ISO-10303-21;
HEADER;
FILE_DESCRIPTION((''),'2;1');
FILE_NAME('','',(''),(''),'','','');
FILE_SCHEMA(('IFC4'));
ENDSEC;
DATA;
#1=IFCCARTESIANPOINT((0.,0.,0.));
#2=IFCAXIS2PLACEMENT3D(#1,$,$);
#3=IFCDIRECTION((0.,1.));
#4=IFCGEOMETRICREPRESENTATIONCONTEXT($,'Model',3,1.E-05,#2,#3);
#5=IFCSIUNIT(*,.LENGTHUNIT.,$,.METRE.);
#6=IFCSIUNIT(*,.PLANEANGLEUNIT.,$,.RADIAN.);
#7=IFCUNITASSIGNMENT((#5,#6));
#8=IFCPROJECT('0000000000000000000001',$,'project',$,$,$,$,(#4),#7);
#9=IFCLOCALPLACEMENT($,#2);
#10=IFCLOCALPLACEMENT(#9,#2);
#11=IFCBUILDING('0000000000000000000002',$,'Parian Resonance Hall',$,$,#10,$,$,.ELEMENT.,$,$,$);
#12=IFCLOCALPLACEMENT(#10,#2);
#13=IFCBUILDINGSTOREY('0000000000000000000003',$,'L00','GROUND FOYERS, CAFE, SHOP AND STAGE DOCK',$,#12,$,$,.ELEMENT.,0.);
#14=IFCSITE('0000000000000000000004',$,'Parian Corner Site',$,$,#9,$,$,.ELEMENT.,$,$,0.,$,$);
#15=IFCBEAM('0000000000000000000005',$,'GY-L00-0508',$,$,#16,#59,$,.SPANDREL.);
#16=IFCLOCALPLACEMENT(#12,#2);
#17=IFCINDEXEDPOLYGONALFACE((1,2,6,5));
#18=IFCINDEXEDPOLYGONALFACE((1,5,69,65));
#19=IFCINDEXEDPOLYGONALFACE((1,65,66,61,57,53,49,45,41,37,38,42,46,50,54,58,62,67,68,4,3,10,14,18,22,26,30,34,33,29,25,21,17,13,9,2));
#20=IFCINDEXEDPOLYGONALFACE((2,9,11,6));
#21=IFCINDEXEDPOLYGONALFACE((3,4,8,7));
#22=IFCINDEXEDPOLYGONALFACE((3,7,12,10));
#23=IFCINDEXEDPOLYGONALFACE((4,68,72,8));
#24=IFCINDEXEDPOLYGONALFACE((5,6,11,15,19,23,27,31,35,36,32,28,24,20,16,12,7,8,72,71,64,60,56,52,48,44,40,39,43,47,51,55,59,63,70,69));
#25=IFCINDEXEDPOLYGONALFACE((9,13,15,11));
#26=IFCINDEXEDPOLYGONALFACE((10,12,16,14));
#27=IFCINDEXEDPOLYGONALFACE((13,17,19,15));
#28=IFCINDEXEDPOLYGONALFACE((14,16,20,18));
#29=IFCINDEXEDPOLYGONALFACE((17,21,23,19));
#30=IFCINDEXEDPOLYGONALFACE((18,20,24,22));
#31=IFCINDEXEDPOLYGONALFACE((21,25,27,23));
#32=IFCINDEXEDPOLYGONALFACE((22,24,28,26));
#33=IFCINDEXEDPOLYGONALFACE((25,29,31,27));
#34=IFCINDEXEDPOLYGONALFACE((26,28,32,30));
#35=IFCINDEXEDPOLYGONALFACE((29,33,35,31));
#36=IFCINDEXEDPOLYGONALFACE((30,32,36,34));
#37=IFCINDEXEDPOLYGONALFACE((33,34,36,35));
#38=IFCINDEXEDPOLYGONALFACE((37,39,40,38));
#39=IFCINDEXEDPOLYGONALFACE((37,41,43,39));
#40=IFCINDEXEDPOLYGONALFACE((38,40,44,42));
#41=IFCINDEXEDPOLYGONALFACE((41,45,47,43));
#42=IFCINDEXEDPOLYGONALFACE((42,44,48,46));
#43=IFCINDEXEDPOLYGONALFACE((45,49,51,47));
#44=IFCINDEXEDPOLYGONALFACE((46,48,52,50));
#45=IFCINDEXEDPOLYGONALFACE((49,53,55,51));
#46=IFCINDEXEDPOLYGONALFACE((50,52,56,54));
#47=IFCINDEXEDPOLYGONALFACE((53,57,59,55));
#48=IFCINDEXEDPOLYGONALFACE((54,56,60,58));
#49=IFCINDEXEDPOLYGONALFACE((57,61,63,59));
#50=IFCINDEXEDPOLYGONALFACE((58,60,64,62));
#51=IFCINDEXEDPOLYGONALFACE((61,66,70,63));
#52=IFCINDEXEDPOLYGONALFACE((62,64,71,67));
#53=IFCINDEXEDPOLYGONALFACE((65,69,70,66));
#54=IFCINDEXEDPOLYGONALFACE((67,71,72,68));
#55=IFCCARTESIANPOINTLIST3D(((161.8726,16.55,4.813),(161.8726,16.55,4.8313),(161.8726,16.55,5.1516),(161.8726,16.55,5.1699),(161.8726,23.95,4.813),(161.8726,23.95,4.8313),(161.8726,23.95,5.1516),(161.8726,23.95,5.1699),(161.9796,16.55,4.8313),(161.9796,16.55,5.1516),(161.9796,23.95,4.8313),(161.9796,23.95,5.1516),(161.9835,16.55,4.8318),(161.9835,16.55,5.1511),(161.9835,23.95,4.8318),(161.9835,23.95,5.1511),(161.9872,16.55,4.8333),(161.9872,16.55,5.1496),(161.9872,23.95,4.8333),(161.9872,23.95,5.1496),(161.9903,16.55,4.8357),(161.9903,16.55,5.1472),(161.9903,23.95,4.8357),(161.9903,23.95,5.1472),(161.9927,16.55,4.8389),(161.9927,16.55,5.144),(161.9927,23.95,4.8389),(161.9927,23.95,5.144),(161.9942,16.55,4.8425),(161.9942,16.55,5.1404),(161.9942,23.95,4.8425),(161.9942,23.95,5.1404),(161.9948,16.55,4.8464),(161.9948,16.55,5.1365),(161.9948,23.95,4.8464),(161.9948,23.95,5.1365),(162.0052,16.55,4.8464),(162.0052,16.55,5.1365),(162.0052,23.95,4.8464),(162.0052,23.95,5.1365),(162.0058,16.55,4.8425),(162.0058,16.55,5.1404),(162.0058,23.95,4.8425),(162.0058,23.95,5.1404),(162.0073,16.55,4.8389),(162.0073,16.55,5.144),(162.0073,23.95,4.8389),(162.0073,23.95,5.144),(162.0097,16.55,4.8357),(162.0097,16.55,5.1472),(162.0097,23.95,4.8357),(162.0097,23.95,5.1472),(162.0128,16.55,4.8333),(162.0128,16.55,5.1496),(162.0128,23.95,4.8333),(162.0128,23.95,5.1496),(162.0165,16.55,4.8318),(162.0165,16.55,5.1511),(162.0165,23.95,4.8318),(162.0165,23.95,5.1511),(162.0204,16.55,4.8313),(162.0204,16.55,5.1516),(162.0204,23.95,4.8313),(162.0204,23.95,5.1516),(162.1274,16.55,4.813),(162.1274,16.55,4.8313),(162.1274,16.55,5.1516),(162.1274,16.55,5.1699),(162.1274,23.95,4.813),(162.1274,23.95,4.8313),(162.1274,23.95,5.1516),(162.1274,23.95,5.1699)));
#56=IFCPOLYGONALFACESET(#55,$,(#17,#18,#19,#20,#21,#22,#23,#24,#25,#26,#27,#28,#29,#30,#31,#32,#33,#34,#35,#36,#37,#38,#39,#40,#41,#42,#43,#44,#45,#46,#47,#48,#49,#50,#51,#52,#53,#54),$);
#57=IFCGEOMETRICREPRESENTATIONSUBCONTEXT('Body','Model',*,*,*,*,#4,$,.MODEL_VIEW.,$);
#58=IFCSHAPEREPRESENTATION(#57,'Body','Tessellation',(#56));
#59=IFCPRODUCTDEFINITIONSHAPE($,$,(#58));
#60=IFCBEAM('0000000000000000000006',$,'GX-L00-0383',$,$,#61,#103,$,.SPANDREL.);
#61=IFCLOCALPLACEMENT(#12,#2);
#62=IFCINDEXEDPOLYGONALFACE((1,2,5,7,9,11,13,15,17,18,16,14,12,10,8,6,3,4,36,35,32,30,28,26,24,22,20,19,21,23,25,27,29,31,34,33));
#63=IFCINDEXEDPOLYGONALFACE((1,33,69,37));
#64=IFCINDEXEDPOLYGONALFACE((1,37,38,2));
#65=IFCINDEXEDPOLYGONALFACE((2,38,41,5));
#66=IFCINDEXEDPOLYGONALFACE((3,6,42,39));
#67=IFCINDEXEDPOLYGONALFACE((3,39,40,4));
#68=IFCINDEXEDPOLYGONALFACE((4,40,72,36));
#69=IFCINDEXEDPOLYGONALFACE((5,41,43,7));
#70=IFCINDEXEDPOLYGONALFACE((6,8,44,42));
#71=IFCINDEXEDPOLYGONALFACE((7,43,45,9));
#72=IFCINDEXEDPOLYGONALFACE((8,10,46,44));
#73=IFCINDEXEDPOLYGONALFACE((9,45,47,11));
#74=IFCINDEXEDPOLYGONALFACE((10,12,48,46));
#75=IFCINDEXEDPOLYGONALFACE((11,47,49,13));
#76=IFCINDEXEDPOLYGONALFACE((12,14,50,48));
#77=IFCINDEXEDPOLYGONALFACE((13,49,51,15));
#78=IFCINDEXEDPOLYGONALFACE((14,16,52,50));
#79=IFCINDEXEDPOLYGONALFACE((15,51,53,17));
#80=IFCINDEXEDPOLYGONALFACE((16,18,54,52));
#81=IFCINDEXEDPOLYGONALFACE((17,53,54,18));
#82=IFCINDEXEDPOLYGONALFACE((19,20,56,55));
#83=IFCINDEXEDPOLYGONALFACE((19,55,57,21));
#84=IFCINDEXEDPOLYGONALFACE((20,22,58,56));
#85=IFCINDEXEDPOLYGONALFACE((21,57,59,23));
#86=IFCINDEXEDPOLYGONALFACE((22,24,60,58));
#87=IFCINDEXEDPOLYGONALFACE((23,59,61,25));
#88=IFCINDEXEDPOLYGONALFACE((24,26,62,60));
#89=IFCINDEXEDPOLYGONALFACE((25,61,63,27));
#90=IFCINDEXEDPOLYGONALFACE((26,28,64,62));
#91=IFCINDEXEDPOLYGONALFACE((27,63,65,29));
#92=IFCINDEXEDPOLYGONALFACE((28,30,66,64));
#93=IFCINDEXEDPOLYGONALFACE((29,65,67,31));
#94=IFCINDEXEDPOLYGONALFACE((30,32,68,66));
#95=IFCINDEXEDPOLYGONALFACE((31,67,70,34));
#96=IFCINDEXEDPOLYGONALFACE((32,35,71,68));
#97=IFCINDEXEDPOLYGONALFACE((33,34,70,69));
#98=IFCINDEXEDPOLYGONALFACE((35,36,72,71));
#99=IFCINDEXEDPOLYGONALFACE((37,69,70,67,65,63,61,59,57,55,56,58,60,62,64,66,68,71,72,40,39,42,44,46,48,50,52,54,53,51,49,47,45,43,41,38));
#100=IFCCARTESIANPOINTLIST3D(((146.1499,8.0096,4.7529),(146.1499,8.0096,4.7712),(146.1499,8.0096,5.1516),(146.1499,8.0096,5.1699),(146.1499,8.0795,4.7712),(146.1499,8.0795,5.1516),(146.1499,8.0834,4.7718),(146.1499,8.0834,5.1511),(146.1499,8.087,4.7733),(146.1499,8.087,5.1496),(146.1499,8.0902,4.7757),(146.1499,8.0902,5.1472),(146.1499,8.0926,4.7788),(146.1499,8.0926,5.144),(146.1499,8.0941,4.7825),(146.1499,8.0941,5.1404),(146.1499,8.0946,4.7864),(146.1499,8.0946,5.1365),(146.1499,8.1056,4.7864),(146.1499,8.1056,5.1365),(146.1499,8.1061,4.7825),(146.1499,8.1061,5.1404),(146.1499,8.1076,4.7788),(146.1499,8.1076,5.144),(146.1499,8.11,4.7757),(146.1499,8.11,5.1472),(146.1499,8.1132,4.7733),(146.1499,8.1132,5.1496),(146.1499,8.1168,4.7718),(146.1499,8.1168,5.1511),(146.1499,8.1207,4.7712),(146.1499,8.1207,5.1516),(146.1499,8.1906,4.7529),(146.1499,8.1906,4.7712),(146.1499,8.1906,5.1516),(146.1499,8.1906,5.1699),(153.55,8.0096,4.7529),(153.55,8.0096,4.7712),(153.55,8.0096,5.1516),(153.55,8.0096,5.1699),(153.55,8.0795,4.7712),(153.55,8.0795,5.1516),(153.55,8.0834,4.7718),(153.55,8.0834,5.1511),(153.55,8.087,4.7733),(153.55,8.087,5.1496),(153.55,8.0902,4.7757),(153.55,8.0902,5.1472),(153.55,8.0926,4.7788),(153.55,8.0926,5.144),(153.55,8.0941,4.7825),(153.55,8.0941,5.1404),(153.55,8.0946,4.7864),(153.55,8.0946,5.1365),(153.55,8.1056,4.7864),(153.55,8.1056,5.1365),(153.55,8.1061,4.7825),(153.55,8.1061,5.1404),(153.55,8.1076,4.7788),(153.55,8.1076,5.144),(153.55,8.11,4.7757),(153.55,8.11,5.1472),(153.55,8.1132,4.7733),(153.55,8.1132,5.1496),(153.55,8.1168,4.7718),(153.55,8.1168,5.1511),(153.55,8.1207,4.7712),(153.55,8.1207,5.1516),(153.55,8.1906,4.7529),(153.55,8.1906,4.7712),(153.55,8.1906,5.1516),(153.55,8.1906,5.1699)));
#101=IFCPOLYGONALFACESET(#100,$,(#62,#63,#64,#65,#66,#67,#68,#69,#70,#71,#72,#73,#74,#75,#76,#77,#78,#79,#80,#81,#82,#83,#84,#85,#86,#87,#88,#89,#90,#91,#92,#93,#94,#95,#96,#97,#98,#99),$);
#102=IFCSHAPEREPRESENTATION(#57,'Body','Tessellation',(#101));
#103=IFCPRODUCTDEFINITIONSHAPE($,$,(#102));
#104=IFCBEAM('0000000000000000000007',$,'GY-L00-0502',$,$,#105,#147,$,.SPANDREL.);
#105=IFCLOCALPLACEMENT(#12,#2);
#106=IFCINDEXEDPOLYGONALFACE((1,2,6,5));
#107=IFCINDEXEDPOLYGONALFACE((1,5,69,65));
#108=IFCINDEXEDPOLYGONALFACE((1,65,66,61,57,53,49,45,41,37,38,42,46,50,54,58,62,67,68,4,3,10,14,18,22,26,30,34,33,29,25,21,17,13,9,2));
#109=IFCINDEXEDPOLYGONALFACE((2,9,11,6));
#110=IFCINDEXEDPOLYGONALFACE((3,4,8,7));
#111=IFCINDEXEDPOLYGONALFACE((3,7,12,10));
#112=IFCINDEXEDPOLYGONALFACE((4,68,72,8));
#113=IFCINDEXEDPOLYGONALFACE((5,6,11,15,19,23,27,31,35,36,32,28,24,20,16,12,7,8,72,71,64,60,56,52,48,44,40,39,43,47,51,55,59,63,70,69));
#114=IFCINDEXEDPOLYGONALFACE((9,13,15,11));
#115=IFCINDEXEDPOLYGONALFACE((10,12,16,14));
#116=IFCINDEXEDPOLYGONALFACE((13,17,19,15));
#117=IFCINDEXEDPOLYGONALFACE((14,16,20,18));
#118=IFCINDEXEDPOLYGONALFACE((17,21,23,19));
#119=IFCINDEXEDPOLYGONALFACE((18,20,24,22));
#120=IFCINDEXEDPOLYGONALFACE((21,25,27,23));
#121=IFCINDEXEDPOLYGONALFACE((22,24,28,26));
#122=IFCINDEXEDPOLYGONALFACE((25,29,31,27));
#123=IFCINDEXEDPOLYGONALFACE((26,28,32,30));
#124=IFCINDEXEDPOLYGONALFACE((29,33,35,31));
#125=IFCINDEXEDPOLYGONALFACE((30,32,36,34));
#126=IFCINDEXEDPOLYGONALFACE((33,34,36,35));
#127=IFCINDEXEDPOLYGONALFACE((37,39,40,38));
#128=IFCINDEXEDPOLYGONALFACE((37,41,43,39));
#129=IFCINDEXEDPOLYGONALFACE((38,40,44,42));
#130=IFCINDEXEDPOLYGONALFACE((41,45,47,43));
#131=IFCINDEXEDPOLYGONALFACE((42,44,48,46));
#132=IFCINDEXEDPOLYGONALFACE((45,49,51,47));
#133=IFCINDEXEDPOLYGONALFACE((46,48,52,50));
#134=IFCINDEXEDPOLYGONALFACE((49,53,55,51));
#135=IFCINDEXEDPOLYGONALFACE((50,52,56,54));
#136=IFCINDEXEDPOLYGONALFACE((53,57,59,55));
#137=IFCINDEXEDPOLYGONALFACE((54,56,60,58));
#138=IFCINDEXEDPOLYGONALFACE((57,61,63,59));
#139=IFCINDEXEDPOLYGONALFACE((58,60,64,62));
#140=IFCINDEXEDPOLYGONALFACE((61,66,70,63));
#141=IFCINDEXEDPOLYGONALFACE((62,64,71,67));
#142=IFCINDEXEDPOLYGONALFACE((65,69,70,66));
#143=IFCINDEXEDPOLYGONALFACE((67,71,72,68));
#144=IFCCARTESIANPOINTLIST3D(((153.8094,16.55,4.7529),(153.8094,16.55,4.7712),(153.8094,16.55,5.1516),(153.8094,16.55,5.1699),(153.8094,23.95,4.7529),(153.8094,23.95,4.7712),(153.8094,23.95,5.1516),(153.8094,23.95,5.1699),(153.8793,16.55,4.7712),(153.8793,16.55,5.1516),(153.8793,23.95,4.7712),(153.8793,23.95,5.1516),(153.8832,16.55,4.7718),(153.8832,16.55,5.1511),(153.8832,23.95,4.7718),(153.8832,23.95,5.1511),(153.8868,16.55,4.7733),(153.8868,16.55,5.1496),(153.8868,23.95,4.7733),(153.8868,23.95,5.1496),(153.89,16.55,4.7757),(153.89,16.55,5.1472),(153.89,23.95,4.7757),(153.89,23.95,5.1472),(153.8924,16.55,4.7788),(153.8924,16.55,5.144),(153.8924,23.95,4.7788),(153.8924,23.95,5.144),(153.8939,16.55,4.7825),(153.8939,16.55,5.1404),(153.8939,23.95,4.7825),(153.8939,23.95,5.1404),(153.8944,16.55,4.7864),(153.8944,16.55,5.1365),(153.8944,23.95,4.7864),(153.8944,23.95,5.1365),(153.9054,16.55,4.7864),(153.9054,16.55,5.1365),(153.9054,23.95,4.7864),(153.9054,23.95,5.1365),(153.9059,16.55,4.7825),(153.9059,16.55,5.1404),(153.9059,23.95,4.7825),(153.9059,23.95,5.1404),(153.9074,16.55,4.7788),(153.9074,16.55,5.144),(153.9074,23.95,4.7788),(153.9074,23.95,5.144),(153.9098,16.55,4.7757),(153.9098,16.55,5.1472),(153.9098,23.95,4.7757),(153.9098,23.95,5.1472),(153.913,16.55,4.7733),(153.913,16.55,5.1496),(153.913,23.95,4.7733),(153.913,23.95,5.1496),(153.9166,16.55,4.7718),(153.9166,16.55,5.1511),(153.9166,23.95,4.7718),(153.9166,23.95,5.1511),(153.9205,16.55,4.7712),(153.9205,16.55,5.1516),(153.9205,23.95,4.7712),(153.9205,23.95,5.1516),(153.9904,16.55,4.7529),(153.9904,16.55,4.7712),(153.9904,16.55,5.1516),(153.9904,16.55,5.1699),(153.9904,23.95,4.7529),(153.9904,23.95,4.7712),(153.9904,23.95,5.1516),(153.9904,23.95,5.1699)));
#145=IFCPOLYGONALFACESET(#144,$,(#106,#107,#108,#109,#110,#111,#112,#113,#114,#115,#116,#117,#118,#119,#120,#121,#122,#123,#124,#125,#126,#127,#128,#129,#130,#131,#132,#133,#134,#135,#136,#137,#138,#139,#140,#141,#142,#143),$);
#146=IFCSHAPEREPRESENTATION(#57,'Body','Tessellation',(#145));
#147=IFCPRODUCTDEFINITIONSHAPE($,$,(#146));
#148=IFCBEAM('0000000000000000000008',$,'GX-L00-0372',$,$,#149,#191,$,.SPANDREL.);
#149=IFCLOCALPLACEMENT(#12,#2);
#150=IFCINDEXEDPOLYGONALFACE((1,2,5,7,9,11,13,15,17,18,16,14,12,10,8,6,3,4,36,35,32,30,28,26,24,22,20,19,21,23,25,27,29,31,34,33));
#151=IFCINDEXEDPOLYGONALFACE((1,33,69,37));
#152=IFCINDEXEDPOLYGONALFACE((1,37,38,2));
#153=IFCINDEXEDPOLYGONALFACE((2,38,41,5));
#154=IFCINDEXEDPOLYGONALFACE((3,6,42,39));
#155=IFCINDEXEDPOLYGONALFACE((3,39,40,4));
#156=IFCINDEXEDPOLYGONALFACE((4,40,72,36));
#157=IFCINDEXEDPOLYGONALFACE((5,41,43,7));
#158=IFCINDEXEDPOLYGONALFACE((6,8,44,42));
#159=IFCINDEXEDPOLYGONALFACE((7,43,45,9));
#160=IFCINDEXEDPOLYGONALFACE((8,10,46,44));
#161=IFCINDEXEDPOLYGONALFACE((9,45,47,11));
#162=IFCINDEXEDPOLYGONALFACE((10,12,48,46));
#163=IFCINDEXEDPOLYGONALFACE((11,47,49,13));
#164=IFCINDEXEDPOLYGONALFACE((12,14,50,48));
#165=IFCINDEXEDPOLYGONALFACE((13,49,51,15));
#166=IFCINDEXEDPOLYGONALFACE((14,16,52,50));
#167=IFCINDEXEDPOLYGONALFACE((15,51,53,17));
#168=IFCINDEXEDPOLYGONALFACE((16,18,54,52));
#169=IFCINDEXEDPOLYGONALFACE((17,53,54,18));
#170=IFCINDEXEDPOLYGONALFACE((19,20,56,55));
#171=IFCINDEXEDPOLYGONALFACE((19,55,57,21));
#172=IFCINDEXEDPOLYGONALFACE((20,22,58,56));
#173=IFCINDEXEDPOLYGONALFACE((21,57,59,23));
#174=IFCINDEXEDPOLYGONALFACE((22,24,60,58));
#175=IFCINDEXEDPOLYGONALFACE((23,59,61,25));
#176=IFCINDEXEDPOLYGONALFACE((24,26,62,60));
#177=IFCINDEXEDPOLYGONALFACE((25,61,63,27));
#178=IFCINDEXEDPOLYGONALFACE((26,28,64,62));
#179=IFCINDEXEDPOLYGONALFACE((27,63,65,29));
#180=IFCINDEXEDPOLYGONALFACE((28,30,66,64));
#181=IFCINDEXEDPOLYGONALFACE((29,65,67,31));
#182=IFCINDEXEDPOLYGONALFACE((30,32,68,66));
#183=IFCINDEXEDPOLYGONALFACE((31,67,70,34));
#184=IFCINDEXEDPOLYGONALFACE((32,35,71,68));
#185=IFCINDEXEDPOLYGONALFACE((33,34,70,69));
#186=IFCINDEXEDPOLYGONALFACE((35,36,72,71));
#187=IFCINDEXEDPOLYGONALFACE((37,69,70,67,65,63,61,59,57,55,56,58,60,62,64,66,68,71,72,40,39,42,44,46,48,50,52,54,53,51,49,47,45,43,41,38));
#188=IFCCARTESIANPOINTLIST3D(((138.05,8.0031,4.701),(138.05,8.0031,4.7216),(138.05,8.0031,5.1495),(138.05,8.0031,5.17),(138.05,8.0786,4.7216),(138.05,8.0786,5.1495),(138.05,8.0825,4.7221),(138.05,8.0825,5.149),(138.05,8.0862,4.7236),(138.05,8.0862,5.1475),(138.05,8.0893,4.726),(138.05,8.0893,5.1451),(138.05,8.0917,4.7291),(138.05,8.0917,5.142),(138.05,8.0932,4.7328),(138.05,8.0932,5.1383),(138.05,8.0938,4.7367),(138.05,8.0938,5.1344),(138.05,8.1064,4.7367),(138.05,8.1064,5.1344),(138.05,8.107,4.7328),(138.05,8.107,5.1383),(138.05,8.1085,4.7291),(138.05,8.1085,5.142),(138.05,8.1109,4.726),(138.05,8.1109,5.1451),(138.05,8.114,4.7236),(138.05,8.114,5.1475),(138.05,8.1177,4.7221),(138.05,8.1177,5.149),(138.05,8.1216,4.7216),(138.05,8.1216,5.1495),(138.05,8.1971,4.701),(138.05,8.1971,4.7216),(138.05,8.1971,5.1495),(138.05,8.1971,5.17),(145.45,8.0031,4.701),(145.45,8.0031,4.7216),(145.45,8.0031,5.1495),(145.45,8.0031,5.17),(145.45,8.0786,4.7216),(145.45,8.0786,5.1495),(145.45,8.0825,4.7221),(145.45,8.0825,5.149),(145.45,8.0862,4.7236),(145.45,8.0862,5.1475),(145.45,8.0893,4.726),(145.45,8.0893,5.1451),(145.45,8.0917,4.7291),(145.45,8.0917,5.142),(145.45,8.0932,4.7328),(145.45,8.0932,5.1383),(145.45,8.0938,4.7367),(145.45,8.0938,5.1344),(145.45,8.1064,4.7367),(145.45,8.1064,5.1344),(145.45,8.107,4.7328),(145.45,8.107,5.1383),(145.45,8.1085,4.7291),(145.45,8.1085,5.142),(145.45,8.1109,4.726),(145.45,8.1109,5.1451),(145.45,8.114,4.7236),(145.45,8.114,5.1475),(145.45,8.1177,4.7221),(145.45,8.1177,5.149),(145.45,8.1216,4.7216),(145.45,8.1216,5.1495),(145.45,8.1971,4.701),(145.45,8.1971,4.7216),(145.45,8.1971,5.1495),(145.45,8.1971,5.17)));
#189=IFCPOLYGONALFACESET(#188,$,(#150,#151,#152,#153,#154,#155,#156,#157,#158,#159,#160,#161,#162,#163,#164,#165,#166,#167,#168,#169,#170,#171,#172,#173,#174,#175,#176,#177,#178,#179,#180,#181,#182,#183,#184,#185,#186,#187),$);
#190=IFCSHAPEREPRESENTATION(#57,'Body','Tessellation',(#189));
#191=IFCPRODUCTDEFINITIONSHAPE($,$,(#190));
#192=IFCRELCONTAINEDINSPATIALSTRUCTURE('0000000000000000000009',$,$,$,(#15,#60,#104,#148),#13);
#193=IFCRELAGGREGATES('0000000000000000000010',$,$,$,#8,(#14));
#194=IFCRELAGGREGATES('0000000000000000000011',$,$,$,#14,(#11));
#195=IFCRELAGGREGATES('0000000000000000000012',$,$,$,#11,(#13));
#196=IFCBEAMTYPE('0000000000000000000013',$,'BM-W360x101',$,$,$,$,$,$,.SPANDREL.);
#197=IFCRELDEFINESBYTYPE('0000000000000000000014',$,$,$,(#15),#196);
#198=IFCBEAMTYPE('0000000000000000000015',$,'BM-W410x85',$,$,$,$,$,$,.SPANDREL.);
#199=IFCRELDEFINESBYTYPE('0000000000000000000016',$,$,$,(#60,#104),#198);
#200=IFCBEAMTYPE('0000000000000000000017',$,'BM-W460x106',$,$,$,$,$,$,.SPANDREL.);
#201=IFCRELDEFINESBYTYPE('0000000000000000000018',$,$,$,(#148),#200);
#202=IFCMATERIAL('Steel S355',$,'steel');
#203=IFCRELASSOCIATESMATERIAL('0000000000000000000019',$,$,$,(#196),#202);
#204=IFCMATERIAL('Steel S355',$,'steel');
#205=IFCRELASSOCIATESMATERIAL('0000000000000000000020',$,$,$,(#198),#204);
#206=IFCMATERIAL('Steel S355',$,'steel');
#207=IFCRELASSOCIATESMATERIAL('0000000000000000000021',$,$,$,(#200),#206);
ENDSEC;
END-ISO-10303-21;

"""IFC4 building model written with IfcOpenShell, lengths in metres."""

from ifc_helpers import new_model, si_unit, direction, frame, origin, origin_2d, place, context, subcontext, project, spatial, i_section, extrude, material, material_profile, profile_set, type_object, element, save


model = new_model("IFC4")

# Units and contexts
model_context = context("Model", 3, precision=1e-05, world=origin(), true_north=direction((0.0, 1.0)))
body_context = subcontext(model_context, "Body", "Model", "MODEL_VIEW")
ifc_project = project(units=[si_unit("LENGTHUNIT", "METRE"), si_unit("PLANEANGLEUNIT", "RADIAN")], contexts=[model_context])

# Site, building, storey
site_placement = place(None, origin())
site = spatial("IfcSite", under=ifc_project, at=site_placement, Name="Parian Corner Site", CompositionType="ELEMENT", RefElevation=0.0)
building_placement = place(site_placement, origin())
building = spatial("IfcBuilding", under=site, at=building_placement, Name="Parian Resonance Hall", CompositionType="ELEMENT")
storey_placement = place(building_placement, origin())
storey = spatial("IfcBuildingStorey", under=building, at=storey_placement, Name="L00", Description="GROUND FOYERS, CAFE, SHOP AND STAGE DOCK", CompositionType="ELEMENT", Elevation=0.0)

# Beams
ifc_material_1 = material(Name="Steel S355", Category="steel")
ifc_material_profile_1 = material_profile(ifc_material_1, i_section(OverallWidth=0.2549, OverallDepth=0.3569, WebThickness=0.0105, FlangeThickness=0.0183, FilletRadius=0.0151, at=origin_2d()), Name="W360x101")
ifc_profile_set_1 = profile_set([ifc_material_profile_1], Name="Steel S355")
beam_type_1 = type_object("IfcBeamType", Name="BM-W360x101", PredefinedType="SPANDREL", material=ifc_profile_set_1)
beam_1_placement = place(storey_placement, frame((162.0, 16.55, 4.9915), z_axis=(0.0, 1.0, 0.0), x_axis=(-1.0, 0.0, 0.0)))
element("IfcBeam", 1, at=beam_1_placement, inside=storey, type_object=beam_type_1, Name="GY-L00-0508", PredefinedType="SPANDREL", context=body_context, shape_type="SweptSolid", body=[
    extrude(i_section(OverallWidth=0.2549, OverallDepth=0.3569, WebThickness=0.0105, FlangeThickness=0.0183, FilletRadius=0.0151, at=origin_2d()), origin(), (0.0, 0.0, 1.0), 7.3999),
])
ifc_material_2 = material(Name="Steel S355", Category="steel")
ifc_material_profile_2 = material_profile(ifc_material_2, i_section(OverallWidth=0.1809, OverallDepth=0.417, WebThickness=0.011, FlangeThickness=0.0183, FilletRadius=0.0151, at=origin_2d()), Name="W410x85")
ifc_profile_set_2 = profile_set([ifc_material_profile_2], Name="Steel S355")
beam_type_2 = type_object("IfcBeamType", Name="BM-W410x85", PredefinedType="SPANDREL", material=ifc_profile_set_2)
beam_2_placement = place(storey_placement, frame((146.1499, 8.1001, 4.9614), z_axis=(1.0, 0.0, 0.0), x_axis=(0.0, 1.0, 0.0)))
element("IfcBeam", 2, at=beam_2_placement, inside=storey, type_object=beam_type_2, Name="GX-L00-0383", PredefinedType="SPANDREL", context=body_context, shape_type="SweptSolid", body=[
    extrude(i_section(OverallWidth=0.1809, OverallDepth=0.417, WebThickness=0.011, FlangeThickness=0.0183, FilletRadius=0.0151, at=origin_2d()), origin(), (0.0, 0.0, 1.0), 7.4001),
])
beam_3_placement = place(storey_placement, frame((153.8999, 16.55, 4.9614), z_axis=(0.0, 1.0, 0.0), x_axis=(-1.0, 0.0, 0.0)))
element("IfcBeam", 3, at=beam_3_placement, inside=storey, type_object=beam_type_2, Name="GY-L00-0502", PredefinedType="SPANDREL", context=body_context, shape_type="SweptSolid", body=[
    extrude(i_section(OverallWidth=0.1809, OverallDepth=0.417, WebThickness=0.011, FlangeThickness=0.0183, FilletRadius=0.0151, at=origin_2d()), origin(), (0.0, 0.0, 1.0), 7.3999),
])
ifc_material_3 = material(Name="Steel S355", Category="steel")
ifc_material_profile_3 = material_profile(ifc_material_3, i_section(OverallWidth=0.1941, OverallDepth=0.469, WebThickness=0.0127, FlangeThickness=0.0205, FilletRadius=0.0151, at=origin_2d()), Name="W460x106")
ifc_profile_set_3 = profile_set([ifc_material_profile_3], Name="Steel S355")
beam_type_3 = type_object("IfcBeamType", Name="BM-W460x106", PredefinedType="SPANDREL", material=ifc_profile_set_3)
for number, where, z_axis, x_axis, name in (
    (4, (138.05, 8.1001, 4.9355), (1.0, 0.0, 0.0), (0.0, 1.0, 0.0), "GX-L00-0372"),
):
    element("IfcBeam", number, at=place(storey_placement, frame(where, z_axis=z_axis, x_axis=x_axis)), inside=storey, type_object=beam_type_3, Name=name, PredefinedType="SPANDREL", context=body_context, shape_type="SweptSolid", body=[
        extrude(i_section(OverallWidth=0.1941, OverallDepth=0.469, WebThickness=0.0127, FlangeThickness=0.0205, FilletRadius=0.0151, at=origin_2d()), origin(), (0.0, 0.0, 1.0), 7.3999),
    ])

save(model, "model.ifc")
